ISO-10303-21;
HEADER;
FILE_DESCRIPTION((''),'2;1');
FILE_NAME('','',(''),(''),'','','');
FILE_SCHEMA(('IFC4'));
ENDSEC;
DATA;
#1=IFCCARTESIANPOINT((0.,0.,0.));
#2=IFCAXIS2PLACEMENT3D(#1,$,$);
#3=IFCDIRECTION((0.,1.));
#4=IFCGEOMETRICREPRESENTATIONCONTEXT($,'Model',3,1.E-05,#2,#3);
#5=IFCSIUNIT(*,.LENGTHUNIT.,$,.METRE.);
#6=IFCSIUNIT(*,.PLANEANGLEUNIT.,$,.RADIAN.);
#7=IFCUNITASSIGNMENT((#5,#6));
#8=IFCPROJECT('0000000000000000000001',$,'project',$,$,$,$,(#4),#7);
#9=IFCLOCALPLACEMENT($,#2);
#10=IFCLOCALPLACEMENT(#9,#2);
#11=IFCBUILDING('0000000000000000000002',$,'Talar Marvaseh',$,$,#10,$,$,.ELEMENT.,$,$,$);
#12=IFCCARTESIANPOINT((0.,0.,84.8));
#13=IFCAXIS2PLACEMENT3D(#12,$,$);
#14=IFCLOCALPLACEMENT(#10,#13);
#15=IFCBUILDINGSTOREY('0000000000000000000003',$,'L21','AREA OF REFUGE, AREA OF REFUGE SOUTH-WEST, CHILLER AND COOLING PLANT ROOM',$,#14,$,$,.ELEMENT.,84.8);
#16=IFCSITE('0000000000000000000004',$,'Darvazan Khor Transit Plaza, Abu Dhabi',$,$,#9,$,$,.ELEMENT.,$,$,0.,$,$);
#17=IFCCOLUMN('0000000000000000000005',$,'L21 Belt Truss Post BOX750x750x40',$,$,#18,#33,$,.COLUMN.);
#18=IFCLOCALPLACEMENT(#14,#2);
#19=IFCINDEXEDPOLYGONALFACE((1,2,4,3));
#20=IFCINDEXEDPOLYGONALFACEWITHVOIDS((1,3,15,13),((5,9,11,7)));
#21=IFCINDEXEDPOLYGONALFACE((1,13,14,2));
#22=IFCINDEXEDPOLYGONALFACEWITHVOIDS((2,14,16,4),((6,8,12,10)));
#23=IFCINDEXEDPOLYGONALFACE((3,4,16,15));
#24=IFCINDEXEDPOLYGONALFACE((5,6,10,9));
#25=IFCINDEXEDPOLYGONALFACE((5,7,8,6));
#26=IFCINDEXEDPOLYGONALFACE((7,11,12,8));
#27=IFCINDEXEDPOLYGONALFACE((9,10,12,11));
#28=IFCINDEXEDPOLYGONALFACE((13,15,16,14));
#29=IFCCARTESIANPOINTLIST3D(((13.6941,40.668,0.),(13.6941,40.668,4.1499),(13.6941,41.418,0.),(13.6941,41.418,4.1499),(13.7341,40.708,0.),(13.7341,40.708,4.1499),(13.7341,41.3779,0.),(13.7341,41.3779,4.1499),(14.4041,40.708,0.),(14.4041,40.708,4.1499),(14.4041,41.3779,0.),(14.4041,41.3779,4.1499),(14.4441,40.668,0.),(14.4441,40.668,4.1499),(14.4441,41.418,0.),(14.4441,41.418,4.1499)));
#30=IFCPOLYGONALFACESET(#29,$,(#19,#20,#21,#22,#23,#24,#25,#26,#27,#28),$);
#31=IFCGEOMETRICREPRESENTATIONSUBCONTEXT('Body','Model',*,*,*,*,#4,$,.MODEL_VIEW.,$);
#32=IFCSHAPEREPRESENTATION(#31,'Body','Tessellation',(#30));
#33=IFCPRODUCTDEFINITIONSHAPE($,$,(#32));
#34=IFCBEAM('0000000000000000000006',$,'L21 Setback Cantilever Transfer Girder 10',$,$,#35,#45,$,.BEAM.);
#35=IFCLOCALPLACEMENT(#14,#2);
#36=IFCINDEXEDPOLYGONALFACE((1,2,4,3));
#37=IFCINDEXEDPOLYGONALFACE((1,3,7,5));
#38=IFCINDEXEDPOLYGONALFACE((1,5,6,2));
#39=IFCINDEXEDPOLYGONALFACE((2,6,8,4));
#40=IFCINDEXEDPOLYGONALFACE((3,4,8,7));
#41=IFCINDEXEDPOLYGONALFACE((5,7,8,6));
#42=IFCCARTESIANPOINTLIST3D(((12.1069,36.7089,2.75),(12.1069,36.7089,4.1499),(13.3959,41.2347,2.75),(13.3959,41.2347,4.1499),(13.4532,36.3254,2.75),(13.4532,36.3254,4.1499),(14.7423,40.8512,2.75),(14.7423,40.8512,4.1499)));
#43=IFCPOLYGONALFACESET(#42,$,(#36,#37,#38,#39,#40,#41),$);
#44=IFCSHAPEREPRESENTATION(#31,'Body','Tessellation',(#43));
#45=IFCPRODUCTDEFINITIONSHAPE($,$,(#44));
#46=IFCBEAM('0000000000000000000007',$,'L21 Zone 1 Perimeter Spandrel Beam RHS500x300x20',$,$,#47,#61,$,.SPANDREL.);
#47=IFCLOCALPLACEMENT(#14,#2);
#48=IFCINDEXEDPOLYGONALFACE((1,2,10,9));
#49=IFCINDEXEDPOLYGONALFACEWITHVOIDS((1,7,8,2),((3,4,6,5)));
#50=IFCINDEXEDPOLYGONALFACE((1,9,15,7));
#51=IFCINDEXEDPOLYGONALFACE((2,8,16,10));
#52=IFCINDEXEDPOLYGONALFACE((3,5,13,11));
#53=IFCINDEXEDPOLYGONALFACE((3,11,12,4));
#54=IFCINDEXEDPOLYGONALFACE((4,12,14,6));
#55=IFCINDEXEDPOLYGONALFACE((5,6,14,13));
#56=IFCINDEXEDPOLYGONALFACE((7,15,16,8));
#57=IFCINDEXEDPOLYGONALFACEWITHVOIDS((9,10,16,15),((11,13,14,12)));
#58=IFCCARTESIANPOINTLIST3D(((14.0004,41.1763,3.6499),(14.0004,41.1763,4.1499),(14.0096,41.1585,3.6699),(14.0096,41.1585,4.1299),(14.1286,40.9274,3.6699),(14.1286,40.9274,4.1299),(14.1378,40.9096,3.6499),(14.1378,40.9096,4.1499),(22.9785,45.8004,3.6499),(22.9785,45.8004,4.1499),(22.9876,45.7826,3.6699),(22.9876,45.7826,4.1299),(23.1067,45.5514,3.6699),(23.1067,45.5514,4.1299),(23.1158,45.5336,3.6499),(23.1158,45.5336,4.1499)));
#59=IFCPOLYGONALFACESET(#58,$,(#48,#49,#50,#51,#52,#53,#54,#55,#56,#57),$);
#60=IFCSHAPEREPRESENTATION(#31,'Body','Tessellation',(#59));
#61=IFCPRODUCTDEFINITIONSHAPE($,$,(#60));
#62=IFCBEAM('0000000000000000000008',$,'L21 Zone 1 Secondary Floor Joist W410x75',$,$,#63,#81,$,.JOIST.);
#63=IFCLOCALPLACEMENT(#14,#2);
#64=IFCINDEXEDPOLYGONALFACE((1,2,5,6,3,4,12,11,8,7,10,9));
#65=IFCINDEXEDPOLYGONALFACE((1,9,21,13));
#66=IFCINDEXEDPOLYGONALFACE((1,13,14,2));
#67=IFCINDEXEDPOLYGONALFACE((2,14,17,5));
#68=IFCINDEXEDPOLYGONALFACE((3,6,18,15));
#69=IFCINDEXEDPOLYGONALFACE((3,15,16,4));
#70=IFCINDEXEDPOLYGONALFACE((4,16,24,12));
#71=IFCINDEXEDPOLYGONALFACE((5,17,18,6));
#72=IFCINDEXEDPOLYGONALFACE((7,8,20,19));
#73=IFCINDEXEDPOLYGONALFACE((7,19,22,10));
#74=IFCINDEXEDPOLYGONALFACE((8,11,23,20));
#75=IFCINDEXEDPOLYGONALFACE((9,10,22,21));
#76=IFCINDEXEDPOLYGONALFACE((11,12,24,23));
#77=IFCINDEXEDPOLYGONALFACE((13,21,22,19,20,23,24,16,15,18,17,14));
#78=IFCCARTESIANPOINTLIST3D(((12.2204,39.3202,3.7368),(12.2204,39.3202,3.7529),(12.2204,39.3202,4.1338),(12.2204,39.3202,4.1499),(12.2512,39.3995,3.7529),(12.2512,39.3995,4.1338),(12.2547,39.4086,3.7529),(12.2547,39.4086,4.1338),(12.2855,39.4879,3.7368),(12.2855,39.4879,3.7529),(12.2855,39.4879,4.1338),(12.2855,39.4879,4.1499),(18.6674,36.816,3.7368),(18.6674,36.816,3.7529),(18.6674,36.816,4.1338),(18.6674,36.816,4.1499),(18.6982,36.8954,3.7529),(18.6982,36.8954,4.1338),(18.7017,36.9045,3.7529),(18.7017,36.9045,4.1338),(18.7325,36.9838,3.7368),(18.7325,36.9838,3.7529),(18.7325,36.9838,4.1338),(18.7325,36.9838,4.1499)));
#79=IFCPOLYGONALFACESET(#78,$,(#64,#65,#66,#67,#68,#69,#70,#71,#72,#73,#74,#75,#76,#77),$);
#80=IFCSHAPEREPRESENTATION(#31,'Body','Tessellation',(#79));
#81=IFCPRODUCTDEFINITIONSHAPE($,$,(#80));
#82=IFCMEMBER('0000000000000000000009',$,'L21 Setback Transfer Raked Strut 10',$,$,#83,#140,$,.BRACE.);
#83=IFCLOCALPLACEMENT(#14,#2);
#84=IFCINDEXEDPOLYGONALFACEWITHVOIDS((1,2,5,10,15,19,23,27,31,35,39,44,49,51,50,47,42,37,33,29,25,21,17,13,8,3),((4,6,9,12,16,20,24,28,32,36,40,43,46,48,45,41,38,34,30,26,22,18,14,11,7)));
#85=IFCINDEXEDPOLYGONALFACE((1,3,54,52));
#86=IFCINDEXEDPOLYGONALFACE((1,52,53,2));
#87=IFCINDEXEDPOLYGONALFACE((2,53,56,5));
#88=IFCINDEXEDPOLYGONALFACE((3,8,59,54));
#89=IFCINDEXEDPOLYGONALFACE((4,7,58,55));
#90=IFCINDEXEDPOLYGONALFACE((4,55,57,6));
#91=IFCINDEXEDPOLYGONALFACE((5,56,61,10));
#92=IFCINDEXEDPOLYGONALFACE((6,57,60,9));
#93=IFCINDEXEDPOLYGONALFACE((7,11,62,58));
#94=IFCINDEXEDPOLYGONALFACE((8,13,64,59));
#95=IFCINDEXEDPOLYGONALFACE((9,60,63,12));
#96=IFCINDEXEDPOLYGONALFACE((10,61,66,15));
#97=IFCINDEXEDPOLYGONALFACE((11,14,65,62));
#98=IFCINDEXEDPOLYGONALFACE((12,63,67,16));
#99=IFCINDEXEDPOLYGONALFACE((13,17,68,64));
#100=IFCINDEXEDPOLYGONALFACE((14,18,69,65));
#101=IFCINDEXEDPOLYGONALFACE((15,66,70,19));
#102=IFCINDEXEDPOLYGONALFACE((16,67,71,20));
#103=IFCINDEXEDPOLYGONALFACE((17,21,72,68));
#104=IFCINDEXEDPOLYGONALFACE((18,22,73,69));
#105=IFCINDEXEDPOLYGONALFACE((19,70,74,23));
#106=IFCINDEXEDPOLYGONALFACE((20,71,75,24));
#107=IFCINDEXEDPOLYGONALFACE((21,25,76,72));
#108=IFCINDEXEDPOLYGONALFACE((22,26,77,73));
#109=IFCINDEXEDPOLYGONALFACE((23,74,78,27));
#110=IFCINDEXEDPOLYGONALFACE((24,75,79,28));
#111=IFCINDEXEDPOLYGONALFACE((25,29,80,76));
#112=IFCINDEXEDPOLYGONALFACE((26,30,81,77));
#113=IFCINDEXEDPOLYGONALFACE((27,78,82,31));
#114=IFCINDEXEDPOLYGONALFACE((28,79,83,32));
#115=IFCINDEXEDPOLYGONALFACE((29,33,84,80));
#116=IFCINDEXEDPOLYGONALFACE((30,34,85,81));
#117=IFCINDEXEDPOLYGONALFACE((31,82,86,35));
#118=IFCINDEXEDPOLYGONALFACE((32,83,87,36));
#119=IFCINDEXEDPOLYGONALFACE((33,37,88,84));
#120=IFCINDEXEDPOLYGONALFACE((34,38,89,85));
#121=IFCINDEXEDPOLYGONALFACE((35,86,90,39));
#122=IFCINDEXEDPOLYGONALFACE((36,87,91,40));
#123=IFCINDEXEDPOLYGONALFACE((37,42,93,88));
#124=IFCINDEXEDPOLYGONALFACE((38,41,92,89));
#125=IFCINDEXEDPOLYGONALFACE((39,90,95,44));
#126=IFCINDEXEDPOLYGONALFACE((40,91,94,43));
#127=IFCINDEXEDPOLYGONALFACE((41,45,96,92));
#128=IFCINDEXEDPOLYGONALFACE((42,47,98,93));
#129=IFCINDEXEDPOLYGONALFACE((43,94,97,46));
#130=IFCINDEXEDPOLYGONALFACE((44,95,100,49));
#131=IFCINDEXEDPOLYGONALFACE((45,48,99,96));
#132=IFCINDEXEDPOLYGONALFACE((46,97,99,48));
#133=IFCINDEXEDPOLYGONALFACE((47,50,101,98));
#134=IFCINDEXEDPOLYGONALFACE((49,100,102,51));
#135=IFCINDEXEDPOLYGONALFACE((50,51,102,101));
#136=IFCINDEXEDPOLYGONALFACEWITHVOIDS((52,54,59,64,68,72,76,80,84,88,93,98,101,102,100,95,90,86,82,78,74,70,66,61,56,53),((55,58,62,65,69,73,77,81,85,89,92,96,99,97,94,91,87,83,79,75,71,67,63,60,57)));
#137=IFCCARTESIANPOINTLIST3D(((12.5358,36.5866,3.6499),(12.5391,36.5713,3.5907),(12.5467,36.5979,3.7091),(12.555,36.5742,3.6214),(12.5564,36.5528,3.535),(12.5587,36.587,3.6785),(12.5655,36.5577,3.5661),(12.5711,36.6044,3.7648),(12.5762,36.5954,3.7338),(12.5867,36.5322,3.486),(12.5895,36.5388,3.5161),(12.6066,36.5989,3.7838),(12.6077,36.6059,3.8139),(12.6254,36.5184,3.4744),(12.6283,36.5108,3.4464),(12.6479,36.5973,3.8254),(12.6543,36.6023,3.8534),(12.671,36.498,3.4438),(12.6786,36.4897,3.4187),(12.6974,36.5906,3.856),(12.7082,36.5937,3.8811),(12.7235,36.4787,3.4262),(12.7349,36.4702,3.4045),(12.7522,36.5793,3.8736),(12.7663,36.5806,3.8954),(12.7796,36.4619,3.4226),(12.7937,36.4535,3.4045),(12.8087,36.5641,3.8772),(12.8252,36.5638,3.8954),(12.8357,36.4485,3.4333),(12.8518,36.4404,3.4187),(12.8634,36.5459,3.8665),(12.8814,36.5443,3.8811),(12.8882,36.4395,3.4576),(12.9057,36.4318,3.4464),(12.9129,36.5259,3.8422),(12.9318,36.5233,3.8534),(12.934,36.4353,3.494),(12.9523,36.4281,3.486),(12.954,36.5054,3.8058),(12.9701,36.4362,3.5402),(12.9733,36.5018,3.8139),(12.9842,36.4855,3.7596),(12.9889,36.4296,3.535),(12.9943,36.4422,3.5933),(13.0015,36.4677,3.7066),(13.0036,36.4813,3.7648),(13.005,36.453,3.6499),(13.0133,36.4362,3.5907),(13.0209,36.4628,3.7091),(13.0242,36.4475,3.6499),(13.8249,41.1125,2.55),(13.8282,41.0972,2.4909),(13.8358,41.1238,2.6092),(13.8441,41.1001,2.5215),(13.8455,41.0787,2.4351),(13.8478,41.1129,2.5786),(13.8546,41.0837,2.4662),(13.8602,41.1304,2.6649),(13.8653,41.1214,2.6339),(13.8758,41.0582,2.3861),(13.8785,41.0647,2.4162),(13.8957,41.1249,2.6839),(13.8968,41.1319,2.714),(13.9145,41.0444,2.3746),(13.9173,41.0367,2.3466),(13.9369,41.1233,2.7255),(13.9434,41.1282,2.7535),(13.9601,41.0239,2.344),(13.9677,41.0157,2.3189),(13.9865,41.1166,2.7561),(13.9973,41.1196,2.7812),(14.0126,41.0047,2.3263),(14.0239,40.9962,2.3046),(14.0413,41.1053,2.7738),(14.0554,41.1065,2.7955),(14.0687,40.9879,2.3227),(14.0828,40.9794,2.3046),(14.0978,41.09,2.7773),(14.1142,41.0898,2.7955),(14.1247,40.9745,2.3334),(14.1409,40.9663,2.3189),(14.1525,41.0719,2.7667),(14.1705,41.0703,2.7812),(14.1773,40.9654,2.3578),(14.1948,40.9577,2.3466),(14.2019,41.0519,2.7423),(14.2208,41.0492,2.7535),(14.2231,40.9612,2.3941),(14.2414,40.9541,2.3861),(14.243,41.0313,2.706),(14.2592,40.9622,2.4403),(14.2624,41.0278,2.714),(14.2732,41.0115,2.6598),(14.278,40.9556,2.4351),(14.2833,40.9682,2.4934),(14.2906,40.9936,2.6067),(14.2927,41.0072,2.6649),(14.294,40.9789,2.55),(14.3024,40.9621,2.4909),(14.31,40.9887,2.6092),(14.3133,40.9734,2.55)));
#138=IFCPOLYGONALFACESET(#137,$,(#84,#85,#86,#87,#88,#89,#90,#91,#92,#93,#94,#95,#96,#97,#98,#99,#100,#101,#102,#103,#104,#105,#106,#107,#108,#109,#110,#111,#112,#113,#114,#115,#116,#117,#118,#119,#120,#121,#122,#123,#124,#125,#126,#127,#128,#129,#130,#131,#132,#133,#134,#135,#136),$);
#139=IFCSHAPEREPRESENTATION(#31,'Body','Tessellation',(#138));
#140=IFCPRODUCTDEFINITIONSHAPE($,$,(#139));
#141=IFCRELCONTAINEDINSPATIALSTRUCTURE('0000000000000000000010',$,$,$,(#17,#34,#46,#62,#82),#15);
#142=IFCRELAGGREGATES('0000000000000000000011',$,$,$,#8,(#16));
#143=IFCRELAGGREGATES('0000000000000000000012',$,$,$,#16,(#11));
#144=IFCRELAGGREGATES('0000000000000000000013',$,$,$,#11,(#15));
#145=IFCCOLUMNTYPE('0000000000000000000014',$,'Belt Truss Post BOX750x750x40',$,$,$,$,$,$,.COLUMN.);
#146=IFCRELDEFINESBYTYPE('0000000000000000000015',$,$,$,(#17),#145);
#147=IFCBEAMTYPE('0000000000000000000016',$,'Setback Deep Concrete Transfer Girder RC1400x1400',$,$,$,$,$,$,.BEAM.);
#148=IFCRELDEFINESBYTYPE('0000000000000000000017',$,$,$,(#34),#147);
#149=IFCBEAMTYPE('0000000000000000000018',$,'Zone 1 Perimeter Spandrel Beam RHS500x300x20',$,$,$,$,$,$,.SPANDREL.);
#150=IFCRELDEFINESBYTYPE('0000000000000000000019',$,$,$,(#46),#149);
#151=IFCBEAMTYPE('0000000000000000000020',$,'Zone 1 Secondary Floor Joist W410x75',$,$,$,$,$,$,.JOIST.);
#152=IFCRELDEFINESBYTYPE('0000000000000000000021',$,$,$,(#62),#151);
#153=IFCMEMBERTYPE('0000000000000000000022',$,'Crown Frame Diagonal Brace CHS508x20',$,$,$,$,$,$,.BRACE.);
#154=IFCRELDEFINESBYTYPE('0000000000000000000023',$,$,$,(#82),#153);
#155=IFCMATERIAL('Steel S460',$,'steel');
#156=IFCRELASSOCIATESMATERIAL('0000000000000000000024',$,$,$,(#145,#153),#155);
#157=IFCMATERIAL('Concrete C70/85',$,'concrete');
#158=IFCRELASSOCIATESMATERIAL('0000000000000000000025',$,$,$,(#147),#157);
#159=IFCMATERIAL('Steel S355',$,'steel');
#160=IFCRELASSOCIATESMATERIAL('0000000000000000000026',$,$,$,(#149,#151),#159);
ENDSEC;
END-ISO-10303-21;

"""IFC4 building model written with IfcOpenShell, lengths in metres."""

from ifc_helpers import new_model, si_unit, direction, frame, origin, origin_2d, place, context, subcontext, project, spatial, rectangle, hollow_rectangle, hollow_circle, i_section, extrude, source, transform, mapped, material, material_profile, profile_set, type_object, type_shapes, element, save


model = new_model("IFC4")

# Units and contexts
model_context = context("Model", 3, precision=1e-05, world=origin(), true_north=direction((0.0, 1.0)))
body_context = subcontext(model_context, "Body", "Model", "MODEL_VIEW")
ifc_project = project(units=[si_unit("LENGTHUNIT", "METRE"), si_unit("PLANEANGLEUNIT", "RADIAN")], contexts=[model_context])

# Site, building, storey
site_placement = place(None, origin())
site = spatial("IfcSite", under=ifc_project, at=site_placement, Name="Darvazan Khor Transit Plaza, Abu Dhabi", CompositionType="ELEMENT", RefElevation=0.0)
building_placement = place(site_placement, origin())
building = spatial("IfcBuilding", under=site, at=building_placement, Name="Talar Marvaseh", CompositionType="ELEMENT")
storey_placement = place(building_placement, frame((0.0, 0.0, 84.8)))
storey = spatial("IfcBuildingStorey", under=building, at=storey_placement, Name="L21", Description="AREA OF REFUGE, AREA OF REFUGE SOUTH-WEST, CHILLER AND COOLING PLANT ROOM", CompositionType="ELEMENT", Elevation=84.8)

# Column
ifc_material_1 = material(Name="Steel S460", Category="steel")
ifc_material_profile_1 = material_profile(ifc_material_1, hollow_rectangle(XDim=0.75, YDim=0.75, WallThickness=0.04, at=origin_2d()), Name="BOX750x750x40")
ifc_profile_set_1 = profile_set([ifc_material_profile_1], Name="Steel S460")
column_type = type_object("IfcColumnType", Name="Belt Truss Post BOX750x750x40", PredefinedType="COLUMN", material=ifc_profile_set_1)
column_placement = place(storey_placement, frame((14.0691, 41.043, 0.0), z_axis=(0.0, 0.0, 1.0), x_axis=(1.0, 0.0, 0.0)))
element("IfcColumn", 1, at=column_placement, inside=storey, type_object=column_type, Name="L21 Belt Truss Post BOX750x750x40", PredefinedType="COLUMN", context=body_context, shape_type="SweptSolid", body=[
    extrude(hollow_rectangle(XDim=0.75, YDim=0.75, WallThickness=0.04, at=origin_2d()), origin(), (0.0, 0.0, 1.0), 4.1499),
])

# Beams
ifc_material_2 = material(Name="Concrete C70/85", Category="concrete")
ifc_material_profile_2 = material_profile(ifc_material_2, rectangle(XDim=1.3999, YDim=1.3999, at=origin_2d()), Name="RC1400x1400")
ifc_profile_set_2 = profile_set([ifc_material_profile_2], Name="Concrete C70/85")
beam_type_1 = type_object("IfcBeamType", Name="Setback Deep Concrete Transfer Girder RC1400x1400", PredefinedType="BEAM", material=ifc_profile_set_2)
beam_1_placement = place(storey_placement, frame((14.0691, 41.043, 3.45), z_axis=(-0.273926, -0.961751, 0.0), x_axis=(0.961751, -0.273926, 0.0)))
element("IfcBeam", 2, at=beam_1_placement, inside=storey, type_object=beam_type_1, Name="L21 Setback Cantilever Transfer Girder 10", PredefinedType="BEAM", context=body_context, shape_type="SweptSolid", body=[
    extrude(rectangle(XDim=1.3999, YDim=1.3999, at=origin_2d()), origin(), (0.0, 0.0, 1.0), 4.7058),
])
ifc_material_3 = material(Name="Steel S355", Category="steel")
ifc_material_profile_3 = material_profile(ifc_material_3, hollow_rectangle(XDim=0.3, YDim=0.5, WallThickness=0.02, at=origin_2d()), Name="RHS500x300x20")
ifc_profile_set_3 = profile_set([ifc_material_profile_3], Name="Steel S355")
beam_type_2 = type_object("IfcBeamType", Name="Zone 1 Perimeter Spandrel Beam RHS500x300x20", PredefinedType="SPANDREL", material=ifc_profile_set_3)
beam_2_placement = place(storey_placement, frame((14.0691, 41.043, 3.8999), z_axis=(0.889016, 0.457877, 0.0), x_axis=(-0.457877, 0.889016, 0.0)))
element("IfcBeam", 3, at=beam_2_placement, inside=storey, type_object=beam_type_2, Name="L21 Zone 1 Perimeter Spandrel Beam RHS500x300x20", PredefinedType="SPANDREL", context=body_context, shape_type="SweptSolid", body=[
    extrude(hollow_rectangle(XDim=0.3, YDim=0.5, WallThickness=0.02, at=origin_2d()), origin(), (0.0, 0.0, 1.0), 10.0989),
])
ifc_material_profile_4 = material_profile(ifc_material_3, i_section(OverallWidth=0.1799, OverallDepth=0.4131, WebThickness=0.0098, FlangeThickness=0.0161, at=origin_2d()), Name="W410x75")
ifc_profile_set_4 = profile_set([ifc_material_profile_4], Name="Steel S355")
beam_type_3 = type_object("IfcBeamType", Name="Zone 1 Secondary Floor Joist W410x75", PredefinedType="JOIST", material=ifc_profile_set_4)
beam_3_placement = place(storey_placement, frame((12.2529, 39.4041, 3.9434), z_axis=(0.932152, -0.362066, 0.0), x_axis=(0.362066, 0.932152, 0.0)))
element("IfcBeam", 4, at=beam_3_placement, inside=storey, type_object=beam_type_3, Name="L21 Zone 1 Secondary Floor Joist W410x75", PredefinedType="JOIST", context=body_context, shape_type="SweptSolid", body=[
    extrude(i_section(OverallWidth=0.1799, OverallDepth=0.4131, WebThickness=0.0098, FlangeThickness=0.0161, at=origin_2d()), origin(), (0.0, 0.0, 1.0), 6.9163),
])

# Member
ifc_material_profile_5 = material_profile(ifc_material_1, hollow_circle(Radius=0.2539, WallThickness=0.02, at=origin_2d()), Name="CHS508x20")
ifc_profile_set_5 = profile_set([ifc_material_profile_5], Name="Steel S460")
member_type_1 = type_object("IfcMemberType", Name="Crown Frame Diagonal Brace CHS508x20", PredefinedType="BRACE", material=ifc_profile_set_5)
shared_shape_1 = source(origin(), body_context, "Body", "SweptSolid", [
    extrude(hollow_circle(Radius=0.2539, WallThickness=0.02, at=origin_2d()), origin(), (0.0, 0.0, 1.0), 4.8328),
])
type_shapes(member_type_1, [shared_shape_1])
member_1_placement = place(storey_placement, frame((14.0691, 41.043, 2.55), z_axis=(-0.266738, -0.936512, 0.227586), x_axis=(0.961751, -0.273926, 0.0)))
element("IfcMember", 5, at=member_1_placement, inside=storey, type_object=member_type_1, Name="L21 Setback Transfer Raked Strut 10", PredefinedType="BRACE", context=body_context, shape_type="MappedRepresentation", body=[
    mapped(shared_shape_1, transform((0.0, 0.0, 0.0), x_axis=(1.0, 0.0, 0.0), y_axis=(0.0, 1.0, 0.0), z_axis=(0.0, 0.0, 1.0), scale=1.0)),
])

save(model, "model.ifc")
